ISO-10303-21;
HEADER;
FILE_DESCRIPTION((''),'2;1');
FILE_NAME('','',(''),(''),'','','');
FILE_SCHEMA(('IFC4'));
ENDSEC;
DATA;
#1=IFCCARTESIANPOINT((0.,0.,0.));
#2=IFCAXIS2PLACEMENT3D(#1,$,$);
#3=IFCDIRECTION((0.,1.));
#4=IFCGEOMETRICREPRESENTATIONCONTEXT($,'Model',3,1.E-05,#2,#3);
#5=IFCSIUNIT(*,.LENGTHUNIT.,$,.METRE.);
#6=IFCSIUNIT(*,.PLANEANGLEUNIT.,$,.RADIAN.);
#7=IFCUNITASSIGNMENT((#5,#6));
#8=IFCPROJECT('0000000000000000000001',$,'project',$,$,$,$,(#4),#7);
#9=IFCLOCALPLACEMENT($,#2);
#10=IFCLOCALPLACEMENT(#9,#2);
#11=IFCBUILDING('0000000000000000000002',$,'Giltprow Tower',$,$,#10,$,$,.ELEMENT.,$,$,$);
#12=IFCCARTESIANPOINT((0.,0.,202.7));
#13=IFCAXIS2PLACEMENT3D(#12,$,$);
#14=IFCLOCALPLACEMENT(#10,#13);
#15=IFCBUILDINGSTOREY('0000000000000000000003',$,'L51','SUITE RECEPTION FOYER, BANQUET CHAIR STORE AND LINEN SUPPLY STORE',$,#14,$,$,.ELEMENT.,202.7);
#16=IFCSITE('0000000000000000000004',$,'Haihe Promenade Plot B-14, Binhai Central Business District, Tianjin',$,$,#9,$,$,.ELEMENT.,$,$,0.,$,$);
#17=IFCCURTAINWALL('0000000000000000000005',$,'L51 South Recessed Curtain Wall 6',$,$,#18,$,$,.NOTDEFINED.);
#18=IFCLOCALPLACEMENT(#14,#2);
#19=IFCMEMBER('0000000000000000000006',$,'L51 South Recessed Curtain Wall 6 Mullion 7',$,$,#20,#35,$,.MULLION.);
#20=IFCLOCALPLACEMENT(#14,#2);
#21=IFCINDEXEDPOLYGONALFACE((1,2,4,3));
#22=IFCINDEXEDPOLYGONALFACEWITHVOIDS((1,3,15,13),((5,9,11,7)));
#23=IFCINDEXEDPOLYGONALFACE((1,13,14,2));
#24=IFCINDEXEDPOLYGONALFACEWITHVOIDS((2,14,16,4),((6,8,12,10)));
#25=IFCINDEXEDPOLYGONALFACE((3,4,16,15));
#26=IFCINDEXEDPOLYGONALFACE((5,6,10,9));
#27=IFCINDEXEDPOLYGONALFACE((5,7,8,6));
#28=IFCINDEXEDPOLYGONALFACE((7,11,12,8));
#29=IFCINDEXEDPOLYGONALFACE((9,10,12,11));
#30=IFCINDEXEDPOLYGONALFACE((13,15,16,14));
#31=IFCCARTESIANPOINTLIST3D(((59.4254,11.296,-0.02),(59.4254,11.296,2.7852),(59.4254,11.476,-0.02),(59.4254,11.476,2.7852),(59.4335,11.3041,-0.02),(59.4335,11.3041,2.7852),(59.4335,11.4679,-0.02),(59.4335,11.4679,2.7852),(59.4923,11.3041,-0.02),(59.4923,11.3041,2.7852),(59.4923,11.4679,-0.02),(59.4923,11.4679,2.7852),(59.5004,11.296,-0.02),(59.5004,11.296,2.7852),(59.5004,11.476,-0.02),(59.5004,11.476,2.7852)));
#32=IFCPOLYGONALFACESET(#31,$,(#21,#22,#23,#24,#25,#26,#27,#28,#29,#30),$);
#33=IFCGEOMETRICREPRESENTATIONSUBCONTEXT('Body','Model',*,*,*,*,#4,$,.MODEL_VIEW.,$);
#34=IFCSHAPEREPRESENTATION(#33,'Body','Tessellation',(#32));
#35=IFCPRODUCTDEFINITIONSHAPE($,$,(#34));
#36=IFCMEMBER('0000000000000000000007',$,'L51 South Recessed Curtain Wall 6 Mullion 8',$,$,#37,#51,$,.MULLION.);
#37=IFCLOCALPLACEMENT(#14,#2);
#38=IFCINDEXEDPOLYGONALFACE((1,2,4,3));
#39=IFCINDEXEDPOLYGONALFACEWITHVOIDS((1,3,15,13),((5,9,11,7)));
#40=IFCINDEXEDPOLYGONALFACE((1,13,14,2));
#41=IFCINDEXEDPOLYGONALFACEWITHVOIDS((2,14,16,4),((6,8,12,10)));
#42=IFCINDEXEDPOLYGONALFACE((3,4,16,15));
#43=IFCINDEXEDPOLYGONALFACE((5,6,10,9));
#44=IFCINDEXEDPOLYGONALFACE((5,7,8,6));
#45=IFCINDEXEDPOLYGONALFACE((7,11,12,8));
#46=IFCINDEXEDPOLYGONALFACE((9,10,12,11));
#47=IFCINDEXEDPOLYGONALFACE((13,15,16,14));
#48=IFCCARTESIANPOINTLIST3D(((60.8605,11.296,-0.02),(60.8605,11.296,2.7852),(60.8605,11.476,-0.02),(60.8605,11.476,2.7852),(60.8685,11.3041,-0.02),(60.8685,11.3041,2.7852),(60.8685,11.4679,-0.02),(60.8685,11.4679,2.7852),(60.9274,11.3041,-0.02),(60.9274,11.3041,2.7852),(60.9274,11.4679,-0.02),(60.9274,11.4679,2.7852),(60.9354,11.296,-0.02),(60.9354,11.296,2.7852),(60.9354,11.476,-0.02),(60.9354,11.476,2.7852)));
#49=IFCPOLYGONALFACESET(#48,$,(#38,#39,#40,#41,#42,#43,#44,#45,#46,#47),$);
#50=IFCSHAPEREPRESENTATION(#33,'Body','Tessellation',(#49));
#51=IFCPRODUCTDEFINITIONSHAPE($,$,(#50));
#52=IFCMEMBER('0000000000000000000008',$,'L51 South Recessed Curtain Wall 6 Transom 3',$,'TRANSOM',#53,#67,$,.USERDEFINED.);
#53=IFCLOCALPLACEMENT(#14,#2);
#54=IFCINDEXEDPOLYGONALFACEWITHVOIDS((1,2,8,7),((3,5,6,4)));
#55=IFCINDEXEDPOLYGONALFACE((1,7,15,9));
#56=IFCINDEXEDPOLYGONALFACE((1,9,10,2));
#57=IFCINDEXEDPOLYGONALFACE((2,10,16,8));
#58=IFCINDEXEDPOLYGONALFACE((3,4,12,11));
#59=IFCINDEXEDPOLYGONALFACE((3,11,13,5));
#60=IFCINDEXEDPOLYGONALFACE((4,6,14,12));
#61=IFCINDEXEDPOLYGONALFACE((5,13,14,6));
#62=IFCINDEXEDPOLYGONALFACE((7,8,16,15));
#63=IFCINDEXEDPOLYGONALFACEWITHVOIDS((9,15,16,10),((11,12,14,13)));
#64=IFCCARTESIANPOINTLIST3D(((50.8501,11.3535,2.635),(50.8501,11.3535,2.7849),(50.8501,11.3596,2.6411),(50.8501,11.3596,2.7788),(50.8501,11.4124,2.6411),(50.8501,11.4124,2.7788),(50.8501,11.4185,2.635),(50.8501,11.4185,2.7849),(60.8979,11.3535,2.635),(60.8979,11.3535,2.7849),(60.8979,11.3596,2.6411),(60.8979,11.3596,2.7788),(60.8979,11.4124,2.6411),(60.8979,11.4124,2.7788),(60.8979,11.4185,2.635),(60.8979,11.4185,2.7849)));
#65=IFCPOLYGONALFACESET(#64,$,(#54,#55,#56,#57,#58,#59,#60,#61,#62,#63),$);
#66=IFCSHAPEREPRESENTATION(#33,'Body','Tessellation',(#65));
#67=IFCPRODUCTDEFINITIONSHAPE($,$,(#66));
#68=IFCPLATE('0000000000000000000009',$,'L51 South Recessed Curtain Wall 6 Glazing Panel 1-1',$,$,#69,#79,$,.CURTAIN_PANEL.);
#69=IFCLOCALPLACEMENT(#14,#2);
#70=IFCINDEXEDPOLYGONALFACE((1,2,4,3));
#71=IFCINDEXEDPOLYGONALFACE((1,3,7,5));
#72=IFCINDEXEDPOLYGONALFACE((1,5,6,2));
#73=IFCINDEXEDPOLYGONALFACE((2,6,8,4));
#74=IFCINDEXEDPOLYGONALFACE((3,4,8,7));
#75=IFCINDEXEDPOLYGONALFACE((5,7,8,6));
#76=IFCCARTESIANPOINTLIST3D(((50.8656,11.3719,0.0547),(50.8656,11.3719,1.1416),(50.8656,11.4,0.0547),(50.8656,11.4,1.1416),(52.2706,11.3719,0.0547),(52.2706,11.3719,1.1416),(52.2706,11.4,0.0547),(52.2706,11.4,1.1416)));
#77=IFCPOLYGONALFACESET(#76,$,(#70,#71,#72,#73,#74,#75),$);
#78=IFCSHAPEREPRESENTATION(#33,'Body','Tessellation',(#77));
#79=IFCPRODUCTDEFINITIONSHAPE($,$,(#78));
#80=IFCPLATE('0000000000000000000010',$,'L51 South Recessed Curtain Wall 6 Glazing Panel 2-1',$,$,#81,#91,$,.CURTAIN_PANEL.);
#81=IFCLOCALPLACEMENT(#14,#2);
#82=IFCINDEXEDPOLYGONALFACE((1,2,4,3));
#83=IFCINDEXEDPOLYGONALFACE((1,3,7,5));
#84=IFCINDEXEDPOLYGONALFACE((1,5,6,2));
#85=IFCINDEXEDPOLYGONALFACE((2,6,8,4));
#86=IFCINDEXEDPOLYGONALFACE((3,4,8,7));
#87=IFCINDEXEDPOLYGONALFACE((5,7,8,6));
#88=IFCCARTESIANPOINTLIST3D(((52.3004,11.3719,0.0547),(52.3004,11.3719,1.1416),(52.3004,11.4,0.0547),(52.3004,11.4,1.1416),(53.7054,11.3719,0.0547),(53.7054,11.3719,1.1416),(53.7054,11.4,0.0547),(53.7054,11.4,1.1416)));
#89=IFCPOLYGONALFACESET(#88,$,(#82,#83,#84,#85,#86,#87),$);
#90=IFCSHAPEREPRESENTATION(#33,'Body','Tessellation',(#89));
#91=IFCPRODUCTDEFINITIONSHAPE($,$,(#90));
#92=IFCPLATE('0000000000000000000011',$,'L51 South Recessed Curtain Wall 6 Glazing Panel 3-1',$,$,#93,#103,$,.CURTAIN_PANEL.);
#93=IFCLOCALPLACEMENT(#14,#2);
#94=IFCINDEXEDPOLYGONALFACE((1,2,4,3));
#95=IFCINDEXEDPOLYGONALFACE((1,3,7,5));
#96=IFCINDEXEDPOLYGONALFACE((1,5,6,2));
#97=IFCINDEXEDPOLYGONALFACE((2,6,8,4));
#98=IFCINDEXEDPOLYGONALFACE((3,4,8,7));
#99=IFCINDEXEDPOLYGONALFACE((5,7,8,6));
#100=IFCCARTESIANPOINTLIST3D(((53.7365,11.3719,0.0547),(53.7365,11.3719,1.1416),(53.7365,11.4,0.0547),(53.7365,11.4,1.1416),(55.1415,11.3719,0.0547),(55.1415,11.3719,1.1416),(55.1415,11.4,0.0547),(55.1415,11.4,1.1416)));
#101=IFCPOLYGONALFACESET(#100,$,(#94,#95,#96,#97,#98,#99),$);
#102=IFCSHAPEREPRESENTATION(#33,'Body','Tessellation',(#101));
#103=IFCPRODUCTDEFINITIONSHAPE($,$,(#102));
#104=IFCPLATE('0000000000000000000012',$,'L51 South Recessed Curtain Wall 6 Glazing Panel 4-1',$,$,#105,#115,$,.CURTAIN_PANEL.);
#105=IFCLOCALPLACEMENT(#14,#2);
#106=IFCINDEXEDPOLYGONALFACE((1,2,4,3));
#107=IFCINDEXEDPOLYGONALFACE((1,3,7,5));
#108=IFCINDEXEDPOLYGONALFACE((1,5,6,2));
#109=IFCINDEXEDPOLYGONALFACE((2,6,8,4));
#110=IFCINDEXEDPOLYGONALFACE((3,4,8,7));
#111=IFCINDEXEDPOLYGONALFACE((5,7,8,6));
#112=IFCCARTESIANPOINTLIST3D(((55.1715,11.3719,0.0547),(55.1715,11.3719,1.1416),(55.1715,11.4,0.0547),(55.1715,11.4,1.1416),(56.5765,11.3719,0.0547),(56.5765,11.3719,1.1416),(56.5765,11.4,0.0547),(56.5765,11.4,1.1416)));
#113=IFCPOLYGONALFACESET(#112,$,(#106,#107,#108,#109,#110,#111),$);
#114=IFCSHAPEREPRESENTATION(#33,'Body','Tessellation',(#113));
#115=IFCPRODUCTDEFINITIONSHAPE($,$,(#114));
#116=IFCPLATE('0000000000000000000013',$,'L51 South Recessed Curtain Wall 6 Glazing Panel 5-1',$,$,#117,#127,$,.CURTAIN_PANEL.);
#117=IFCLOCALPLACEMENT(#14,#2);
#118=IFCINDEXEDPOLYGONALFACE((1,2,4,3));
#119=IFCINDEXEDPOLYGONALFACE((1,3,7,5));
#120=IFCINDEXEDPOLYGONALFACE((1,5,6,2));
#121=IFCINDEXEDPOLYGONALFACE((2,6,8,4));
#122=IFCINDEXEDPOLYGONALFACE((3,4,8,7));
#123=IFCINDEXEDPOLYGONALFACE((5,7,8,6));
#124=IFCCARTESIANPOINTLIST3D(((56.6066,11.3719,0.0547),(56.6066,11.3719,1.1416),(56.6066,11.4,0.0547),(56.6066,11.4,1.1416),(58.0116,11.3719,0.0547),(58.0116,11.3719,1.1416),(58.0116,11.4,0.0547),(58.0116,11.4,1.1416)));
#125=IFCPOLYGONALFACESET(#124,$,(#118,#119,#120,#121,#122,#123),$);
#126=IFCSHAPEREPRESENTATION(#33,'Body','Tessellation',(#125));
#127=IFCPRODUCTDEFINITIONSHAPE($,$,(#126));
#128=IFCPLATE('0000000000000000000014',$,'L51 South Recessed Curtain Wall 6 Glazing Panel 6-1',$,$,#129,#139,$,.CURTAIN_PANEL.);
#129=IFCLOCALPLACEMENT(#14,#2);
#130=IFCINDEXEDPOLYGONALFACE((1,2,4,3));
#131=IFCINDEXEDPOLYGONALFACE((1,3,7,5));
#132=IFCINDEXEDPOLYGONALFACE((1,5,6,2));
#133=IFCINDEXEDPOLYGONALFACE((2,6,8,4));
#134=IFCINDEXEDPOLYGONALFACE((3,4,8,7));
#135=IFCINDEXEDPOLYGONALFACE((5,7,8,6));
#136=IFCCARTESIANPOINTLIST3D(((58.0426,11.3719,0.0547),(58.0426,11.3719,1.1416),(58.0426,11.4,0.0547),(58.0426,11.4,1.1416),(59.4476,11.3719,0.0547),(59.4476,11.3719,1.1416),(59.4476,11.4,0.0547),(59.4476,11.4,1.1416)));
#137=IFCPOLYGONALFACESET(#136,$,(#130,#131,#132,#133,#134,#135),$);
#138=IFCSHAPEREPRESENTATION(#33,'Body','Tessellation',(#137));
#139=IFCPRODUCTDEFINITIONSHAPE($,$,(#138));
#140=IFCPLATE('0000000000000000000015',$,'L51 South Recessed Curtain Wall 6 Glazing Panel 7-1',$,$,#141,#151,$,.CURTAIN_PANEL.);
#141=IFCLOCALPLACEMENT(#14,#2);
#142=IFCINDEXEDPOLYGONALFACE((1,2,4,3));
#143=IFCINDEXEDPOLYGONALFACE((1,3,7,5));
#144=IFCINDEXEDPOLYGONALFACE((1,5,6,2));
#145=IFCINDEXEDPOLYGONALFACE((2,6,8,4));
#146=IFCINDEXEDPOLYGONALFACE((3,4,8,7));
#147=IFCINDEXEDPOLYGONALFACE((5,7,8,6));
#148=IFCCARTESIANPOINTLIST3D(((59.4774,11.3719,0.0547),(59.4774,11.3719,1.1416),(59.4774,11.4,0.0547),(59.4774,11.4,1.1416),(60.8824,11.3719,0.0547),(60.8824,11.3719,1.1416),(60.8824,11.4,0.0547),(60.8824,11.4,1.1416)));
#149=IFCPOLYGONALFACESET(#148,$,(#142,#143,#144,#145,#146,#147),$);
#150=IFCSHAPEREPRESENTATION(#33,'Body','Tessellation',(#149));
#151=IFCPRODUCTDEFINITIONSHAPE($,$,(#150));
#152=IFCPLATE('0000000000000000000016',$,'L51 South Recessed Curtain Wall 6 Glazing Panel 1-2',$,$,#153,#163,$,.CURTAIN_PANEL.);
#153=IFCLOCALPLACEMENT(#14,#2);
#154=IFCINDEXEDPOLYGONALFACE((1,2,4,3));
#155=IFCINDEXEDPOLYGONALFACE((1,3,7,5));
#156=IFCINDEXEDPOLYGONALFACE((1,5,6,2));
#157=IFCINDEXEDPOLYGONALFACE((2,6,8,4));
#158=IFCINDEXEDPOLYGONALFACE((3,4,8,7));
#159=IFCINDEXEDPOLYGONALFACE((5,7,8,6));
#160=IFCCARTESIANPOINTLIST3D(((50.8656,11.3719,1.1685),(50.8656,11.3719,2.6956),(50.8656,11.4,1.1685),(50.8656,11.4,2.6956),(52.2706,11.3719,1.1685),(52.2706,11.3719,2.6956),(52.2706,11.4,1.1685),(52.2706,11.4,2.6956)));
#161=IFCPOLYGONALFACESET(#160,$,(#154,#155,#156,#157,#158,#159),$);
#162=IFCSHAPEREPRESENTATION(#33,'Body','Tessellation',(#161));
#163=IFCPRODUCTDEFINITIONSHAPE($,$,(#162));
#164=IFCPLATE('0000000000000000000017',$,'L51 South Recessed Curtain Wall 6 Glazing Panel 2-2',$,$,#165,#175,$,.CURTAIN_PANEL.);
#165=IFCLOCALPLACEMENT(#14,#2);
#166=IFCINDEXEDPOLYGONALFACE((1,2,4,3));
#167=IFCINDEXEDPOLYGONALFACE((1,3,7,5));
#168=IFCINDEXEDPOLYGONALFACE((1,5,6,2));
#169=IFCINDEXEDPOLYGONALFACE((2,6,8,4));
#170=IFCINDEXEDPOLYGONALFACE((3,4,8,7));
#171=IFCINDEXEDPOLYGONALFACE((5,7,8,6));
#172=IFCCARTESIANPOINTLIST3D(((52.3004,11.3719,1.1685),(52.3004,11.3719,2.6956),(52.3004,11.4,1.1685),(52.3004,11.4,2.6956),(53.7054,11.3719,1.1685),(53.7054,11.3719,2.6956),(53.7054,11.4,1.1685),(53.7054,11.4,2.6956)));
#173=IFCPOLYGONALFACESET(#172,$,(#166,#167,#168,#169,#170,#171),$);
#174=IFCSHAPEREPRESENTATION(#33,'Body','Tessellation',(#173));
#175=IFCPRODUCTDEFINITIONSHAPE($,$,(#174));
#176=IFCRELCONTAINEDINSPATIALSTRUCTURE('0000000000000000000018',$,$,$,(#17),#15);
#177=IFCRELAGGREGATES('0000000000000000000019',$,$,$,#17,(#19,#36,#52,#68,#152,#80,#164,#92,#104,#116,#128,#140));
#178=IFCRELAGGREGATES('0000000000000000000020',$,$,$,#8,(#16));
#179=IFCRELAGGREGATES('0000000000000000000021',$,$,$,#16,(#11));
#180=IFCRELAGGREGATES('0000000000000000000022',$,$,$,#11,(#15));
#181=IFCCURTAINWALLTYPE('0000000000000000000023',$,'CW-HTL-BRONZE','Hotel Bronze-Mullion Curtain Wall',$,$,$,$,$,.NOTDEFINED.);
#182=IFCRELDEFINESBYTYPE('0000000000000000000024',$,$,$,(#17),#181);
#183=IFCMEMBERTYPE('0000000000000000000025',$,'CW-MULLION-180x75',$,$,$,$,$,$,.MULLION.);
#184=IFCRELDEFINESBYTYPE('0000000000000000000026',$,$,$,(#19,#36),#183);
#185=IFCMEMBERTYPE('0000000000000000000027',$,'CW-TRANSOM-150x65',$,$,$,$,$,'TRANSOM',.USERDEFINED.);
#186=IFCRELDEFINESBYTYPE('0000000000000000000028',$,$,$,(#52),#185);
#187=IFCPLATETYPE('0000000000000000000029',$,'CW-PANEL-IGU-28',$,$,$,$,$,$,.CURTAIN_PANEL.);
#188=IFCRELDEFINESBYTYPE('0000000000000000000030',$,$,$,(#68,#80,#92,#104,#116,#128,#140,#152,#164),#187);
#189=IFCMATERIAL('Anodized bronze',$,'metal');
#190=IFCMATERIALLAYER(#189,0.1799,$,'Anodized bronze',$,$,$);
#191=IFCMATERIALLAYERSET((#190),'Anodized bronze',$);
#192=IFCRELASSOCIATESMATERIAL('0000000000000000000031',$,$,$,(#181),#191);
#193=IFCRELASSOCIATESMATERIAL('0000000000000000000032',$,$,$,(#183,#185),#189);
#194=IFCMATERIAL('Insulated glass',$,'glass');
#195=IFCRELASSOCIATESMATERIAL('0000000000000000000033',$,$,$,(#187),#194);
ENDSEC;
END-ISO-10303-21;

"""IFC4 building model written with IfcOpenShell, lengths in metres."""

from ifc_helpers import new_model, si_unit, direction, frame, origin, origin_2d, place, context, subcontext, project, spatial, rectangle, hollow_rectangle, extrude, source, transform, mapped, material, layer, layer_set, material_profile, profile_set, type_object, element, aggregate, save


model = new_model("IFC4")

# Units and contexts
model_context = context("Model", 3, precision=1e-05, world=origin(), true_north=direction((0.0, 1.0)))
body_context = subcontext(model_context, "Body", "Model", "MODEL_VIEW")
ifc_project = project(units=[si_unit("LENGTHUNIT", "METRE"), si_unit("PLANEANGLEUNIT", "RADIAN")], contexts=[model_context])

# Site, building, storey
site_placement = place(None, origin())
site = spatial("IfcSite", under=ifc_project, at=site_placement, Name="Haihe Promenade Plot B-14, Binhai Central Business District, Tianjin", CompositionType="ELEMENT", RefElevation=0.0)
building_placement = place(site_placement, origin())
building = spatial("IfcBuilding", under=site, at=building_placement, Name="Giltprow Tower", CompositionType="ELEMENT")
storey_placement = place(building_placement, frame((0.0, 0.0, 202.7)))
storey = spatial("IfcBuildingStorey", under=building, at=storey_placement, Name="L51", Description="SUITE RECEPTION FOYER, BANQUET CHAIR STORE AND LINEN SUPPLY STORE", CompositionType="ELEMENT", Elevation=202.7)

# Curtain wall, members, plates
ifc_material_1 = material(Name="Anodized bronze", Category="metal")
ifc_layer_1 = layer(ifc_material_1, 0.1799, Name="Anodized bronze")
ifc_layer_set_1 = layer_set([ifc_layer_1], Name="Anodized bronze")
curtain_wall_type = type_object("IfcCurtainWallType", Name="CW-HTL-BRONZE", Description="Hotel Bronze-Mullion Curtain Wall", PredefinedType="NOTDEFINED", material=ifc_layer_set_1)
curtain_wall_placement = place(storey_placement, origin())
curtain_wall = element("IfcCurtainWall", 1, at=curtain_wall_placement, inside=storey, type_object=curtain_wall_type, Name="L51 South Recessed Curtain Wall 6", PredefinedType="NOTDEFINED")
ifc_material_profile_1 = material_profile(ifc_material_1, hollow_rectangle(XDim=0.075, YDim=0.1799, WallThickness=0.0081, at=origin_2d()), Name="RHS 180x75x8")
ifc_profile_set_1 = profile_set([ifc_material_profile_1], Name="Anodized bronze")
member_type_1 = type_object("IfcMemberType", Name="CW-MULLION-180x75", PredefinedType="MULLION", material=ifc_profile_set_1)
shared_shape_1 = source(origin(), body_context, "Body", "SweptSolid", [
    extrude(hollow_rectangle(XDim=0.075, YDim=0.1799, WallThickness=0.0081, at=origin_2d()), origin(), (0.0, 0.0, 1.0), 2.8052),
])
member_1_placement = place(storey_placement, frame((59.4629, 11.386, -0.02), z_axis=(0.0, 0.0, 1.0), x_axis=(1.0, 0.0, 0.0)))
member_1 = element("IfcMember", 2, at=member_1_placement, type_object=member_type_1, Name="L51 South Recessed Curtain Wall 6 Mullion 7", PredefinedType="MULLION", context=body_context, shape_type="MappedRepresentation", body=[
    mapped(shared_shape_1, transform((0.0, 0.0, 0.0), x_axis=(1.0, 0.0, 0.0), y_axis=(0.0, 1.0, 0.0), z_axis=(0.0, 0.0, 1.0), scale=1.0)),
])
member_2_placement = place(storey_placement, frame((60.8979, 11.386, -0.02), z_axis=(0.0, 0.0, 1.0), x_axis=(1.0, 0.0, 0.0)))
member_2 = element("IfcMember", 3, at=member_2_placement, type_object=member_type_1, Name="L51 South Recessed Curtain Wall 6 Mullion 8", PredefinedType="MULLION", context=body_context, shape_type="MappedRepresentation", body=[
    mapped(shared_shape_1, transform((0.0, 0.0, 0.0), x_axis=(1.0, 0.0, 0.0), y_axis=(0.0, 1.0, 0.0), z_axis=(0.0, 0.0, 1.0), scale=1.0)),
])
ifc_material_profile_2 = material_profile(ifc_material_1, hollow_rectangle(XDim=0.0649, YDim=0.1499, WallThickness=0.0061, at=origin_2d()), Name="RHS 150x65x6")
ifc_profile_set_2 = profile_set([ifc_material_profile_2], Name="Anodized bronze")
member_type_2 = type_object("IfcMemberType", Name="CW-TRANSOM-150x65", ElementType="TRANSOM", PredefinedType="USERDEFINED", material=ifc_profile_set_2)
shared_shape_2 = source(origin(), body_context, "Body", "SweptSolid", [
    extrude(hollow_rectangle(XDim=0.0649, YDim=0.1499, WallThickness=0.0061, at=origin_2d()), origin(), (0.0, 0.0, 1.0), 10.0479),
])
member_3_placement = place(storey_placement, frame((50.8501, 11.386, 2.71), z_axis=(1.0, 0.0, 0.0), x_axis=(0.0, 1.0, 0.0)))
member_3 = element("IfcMember", 4, at=member_3_placement, type_object=member_type_2, Name="L51 South Recessed Curtain Wall 6 Transom 3", ObjectType="TRANSOM", PredefinedType="USERDEFINED", context=body_context, shape_type="MappedRepresentation", body=[
    mapped(shared_shape_2, transform((0.0, 0.0, 0.0), x_axis=(1.0, 0.0, 0.0), y_axis=(0.0, 1.0, 0.0), z_axis=(0.0, 0.0, 1.0), scale=1.0)),
])
ifc_material_2 = material(Name="Insulated glass", Category="glass")
plate_type = type_object("IfcPlateType", Name="CW-PANEL-IGU-28", PredefinedType="CURTAIN_PANEL", material=ifc_material_2)
shared_shape_3 = source(origin(), body_context, "Body", "SweptSolid", [
    extrude(rectangle(XDim=1.405, YDim=0.0281, at=origin_2d()), origin(), (0.0, 0.0, 1.0), 1.0869),
])
plate_1_placement = place(storey_placement, frame((51.5681, 11.386, 0.0547), z_axis=(0.0, 0.0, 1.0), x_axis=(1.0, 0.0, 0.0)))
plate_1 = element("IfcPlate", 5, at=plate_1_placement, type_object=plate_type, Name="L51 South Recessed Curtain Wall 6 Glazing Panel 1-1", PredefinedType="CURTAIN_PANEL", context=body_context, shape_type="MappedRepresentation", body=[
    mapped(shared_shape_3, transform((0.0, 0.0, 0.0), x_axis=(1.0, 0.0, 0.0), y_axis=(0.0, 1.0, 0.0), z_axis=(0.0, 0.0, 1.0), scale=1.0)),
])
plate_2_placement = place(storey_placement, frame((53.0029, 11.386, 0.0547), z_axis=(0.0, 0.0, 1.0), x_axis=(1.0, 0.0, 0.0)))
plate_2 = element("IfcPlate", 6, at=plate_2_placement, type_object=plate_type, Name="L51 South Recessed Curtain Wall 6 Glazing Panel 2-1", PredefinedType="CURTAIN_PANEL", context=body_context, shape_type="MappedRepresentation", body=[
    mapped(shared_shape_3, transform((0.0, 0.0, 0.0), x_axis=(1.0, 0.0, 0.0), y_axis=(0.0, 1.0, 0.0), z_axis=(0.0, 0.0, 1.0), scale=1.0)),
])
plate_3_placement = place(storey_placement, frame((54.439, 11.386, 0.0547), z_axis=(0.0, 0.0, 1.0), x_axis=(1.0, 0.0, 0.0)))
plate_3 = element("IfcPlate", 7, at=plate_3_placement, type_object=plate_type, Name="L51 South Recessed Curtain Wall 6 Glazing Panel 3-1", PredefinedType="CURTAIN_PANEL", context=body_context, shape_type="MappedRepresentation", body=[
    mapped(shared_shape_3, transform((0.0, 0.0, 0.0), x_axis=(1.0, 0.0, 0.0), y_axis=(0.0, 1.0, 0.0), z_axis=(0.0, 0.0, 1.0), scale=1.0)),
])
plate_4_placement = place(storey_placement, frame((55.874, 11.386, 0.0547), z_axis=(0.0, 0.0, 1.0), x_axis=(1.0, 0.0, 0.0)))
plate_4 = element("IfcPlate", 8, at=plate_4_placement, type_object=plate_type, Name="L51 South Recessed Curtain Wall 6 Glazing Panel 4-1", PredefinedType="CURTAIN_PANEL", context=body_context, shape_type="MappedRepresentation", body=[
    mapped(shared_shape_3, transform((0.0, 0.0, 0.0), x_axis=(1.0, 0.0, 0.0), y_axis=(0.0, 1.0, 0.0), z_axis=(0.0, 0.0, 1.0), scale=1.0)),
])
plate_5_placement = place(storey_placement, frame((57.3091, 11.386, 0.0547), z_axis=(0.0, 0.0, 1.0), x_axis=(1.0, 0.0, 0.0)))
plate_5 = element("IfcPlate", 9, at=plate_5_placement, type_object=plate_type, Name="L51 South Recessed Curtain Wall 6 Glazing Panel 5-1", PredefinedType="CURTAIN_PANEL", context=body_context, shape_type="MappedRepresentation", body=[
    mapped(shared_shape_3, transform((0.0, 0.0, 0.0), x_axis=(1.0, 0.0, 0.0), y_axis=(0.0, 1.0, 0.0), z_axis=(0.0, 0.0, 1.0), scale=1.0)),
])
plate_6_placement = place(storey_placement, frame((58.7451, 11.386, 0.0547), z_axis=(0.0, 0.0, 1.0), x_axis=(1.0, 0.0, 0.0)))
plate_6 = element("IfcPlate", 10, at=plate_6_placement, type_object=plate_type, Name="L51 South Recessed Curtain Wall 6 Glazing Panel 6-1", PredefinedType="CURTAIN_PANEL", context=body_context, shape_type="MappedRepresentation", body=[
    mapped(shared_shape_3, transform((0.0, 0.0, 0.0), x_axis=(1.0, 0.0, 0.0), y_axis=(0.0, 1.0, 0.0), z_axis=(0.0, 0.0, 1.0), scale=1.0)),
])
plate_7_placement = place(storey_placement, frame((60.1799, 11.386, 0.0547), z_axis=(0.0, 0.0, 1.0), x_axis=(1.0, 0.0, 0.0)))
plate_7 = element("IfcPlate", 11, at=plate_7_placement, type_object=plate_type, Name="L51 South Recessed Curtain Wall 6 Glazing Panel 7-1", PredefinedType="CURTAIN_PANEL", context=body_context, shape_type="MappedRepresentation", body=[
    mapped(shared_shape_3, transform((0.0, 0.0, 0.0), x_axis=(1.0, 0.0, 0.0), y_axis=(0.0, 1.0, 0.0), z_axis=(0.0, 0.0, 1.0), scale=1.0)),
])
shared_shape_4 = source(origin(), body_context, "Body", "SweptSolid", [
    extrude(rectangle(XDim=1.405, YDim=0.0281, at=origin_2d()), origin(), (0.0, 0.0, 1.0), 1.5271),
])
plate_8_placement = place(storey_placement, frame((51.5681, 11.386, 1.1685), z_axis=(0.0, 0.0, 1.0), x_axis=(1.0, 0.0, 0.0)))
plate_8 = element("IfcPlate", 12, at=plate_8_placement, type_object=plate_type, Name="L51 South Recessed Curtain Wall 6 Glazing Panel 1-2", PredefinedType="CURTAIN_PANEL", context=body_context, shape_type="MappedRepresentation", body=[
    mapped(shared_shape_4, transform((0.0, 0.0, 0.0), x_axis=(1.0, 0.0, 0.0), y_axis=(0.0, 1.0, 0.0), z_axis=(0.0, 0.0, 1.0), scale=1.0)),
])
plate_9_placement = place(storey_placement, frame((53.0029, 11.386, 1.1685), z_axis=(0.0, 0.0, 1.0), x_axis=(1.0, 0.0, 0.0)))
plate_9 = element("IfcPlate", 13, at=plate_9_placement, type_object=plate_type, Name="L51 South Recessed Curtain Wall 6 Glazing Panel 2-2", PredefinedType="CURTAIN_PANEL", context=body_context, shape_type="MappedRepresentation", body=[
    mapped(shared_shape_4, transform((0.0, 0.0, 0.0), x_axis=(1.0, 0.0, 0.0), y_axis=(0.0, 1.0, 0.0), z_axis=(0.0, 0.0, 1.0), scale=1.0)),
])
aggregate(curtain_wall, [member_1, member_2, member_3, plate_1, plate_8, plate_2, plate_9, plate_3, plate_4, plate_5, plate_6, plate_7])

save(model, "model.ifc")
